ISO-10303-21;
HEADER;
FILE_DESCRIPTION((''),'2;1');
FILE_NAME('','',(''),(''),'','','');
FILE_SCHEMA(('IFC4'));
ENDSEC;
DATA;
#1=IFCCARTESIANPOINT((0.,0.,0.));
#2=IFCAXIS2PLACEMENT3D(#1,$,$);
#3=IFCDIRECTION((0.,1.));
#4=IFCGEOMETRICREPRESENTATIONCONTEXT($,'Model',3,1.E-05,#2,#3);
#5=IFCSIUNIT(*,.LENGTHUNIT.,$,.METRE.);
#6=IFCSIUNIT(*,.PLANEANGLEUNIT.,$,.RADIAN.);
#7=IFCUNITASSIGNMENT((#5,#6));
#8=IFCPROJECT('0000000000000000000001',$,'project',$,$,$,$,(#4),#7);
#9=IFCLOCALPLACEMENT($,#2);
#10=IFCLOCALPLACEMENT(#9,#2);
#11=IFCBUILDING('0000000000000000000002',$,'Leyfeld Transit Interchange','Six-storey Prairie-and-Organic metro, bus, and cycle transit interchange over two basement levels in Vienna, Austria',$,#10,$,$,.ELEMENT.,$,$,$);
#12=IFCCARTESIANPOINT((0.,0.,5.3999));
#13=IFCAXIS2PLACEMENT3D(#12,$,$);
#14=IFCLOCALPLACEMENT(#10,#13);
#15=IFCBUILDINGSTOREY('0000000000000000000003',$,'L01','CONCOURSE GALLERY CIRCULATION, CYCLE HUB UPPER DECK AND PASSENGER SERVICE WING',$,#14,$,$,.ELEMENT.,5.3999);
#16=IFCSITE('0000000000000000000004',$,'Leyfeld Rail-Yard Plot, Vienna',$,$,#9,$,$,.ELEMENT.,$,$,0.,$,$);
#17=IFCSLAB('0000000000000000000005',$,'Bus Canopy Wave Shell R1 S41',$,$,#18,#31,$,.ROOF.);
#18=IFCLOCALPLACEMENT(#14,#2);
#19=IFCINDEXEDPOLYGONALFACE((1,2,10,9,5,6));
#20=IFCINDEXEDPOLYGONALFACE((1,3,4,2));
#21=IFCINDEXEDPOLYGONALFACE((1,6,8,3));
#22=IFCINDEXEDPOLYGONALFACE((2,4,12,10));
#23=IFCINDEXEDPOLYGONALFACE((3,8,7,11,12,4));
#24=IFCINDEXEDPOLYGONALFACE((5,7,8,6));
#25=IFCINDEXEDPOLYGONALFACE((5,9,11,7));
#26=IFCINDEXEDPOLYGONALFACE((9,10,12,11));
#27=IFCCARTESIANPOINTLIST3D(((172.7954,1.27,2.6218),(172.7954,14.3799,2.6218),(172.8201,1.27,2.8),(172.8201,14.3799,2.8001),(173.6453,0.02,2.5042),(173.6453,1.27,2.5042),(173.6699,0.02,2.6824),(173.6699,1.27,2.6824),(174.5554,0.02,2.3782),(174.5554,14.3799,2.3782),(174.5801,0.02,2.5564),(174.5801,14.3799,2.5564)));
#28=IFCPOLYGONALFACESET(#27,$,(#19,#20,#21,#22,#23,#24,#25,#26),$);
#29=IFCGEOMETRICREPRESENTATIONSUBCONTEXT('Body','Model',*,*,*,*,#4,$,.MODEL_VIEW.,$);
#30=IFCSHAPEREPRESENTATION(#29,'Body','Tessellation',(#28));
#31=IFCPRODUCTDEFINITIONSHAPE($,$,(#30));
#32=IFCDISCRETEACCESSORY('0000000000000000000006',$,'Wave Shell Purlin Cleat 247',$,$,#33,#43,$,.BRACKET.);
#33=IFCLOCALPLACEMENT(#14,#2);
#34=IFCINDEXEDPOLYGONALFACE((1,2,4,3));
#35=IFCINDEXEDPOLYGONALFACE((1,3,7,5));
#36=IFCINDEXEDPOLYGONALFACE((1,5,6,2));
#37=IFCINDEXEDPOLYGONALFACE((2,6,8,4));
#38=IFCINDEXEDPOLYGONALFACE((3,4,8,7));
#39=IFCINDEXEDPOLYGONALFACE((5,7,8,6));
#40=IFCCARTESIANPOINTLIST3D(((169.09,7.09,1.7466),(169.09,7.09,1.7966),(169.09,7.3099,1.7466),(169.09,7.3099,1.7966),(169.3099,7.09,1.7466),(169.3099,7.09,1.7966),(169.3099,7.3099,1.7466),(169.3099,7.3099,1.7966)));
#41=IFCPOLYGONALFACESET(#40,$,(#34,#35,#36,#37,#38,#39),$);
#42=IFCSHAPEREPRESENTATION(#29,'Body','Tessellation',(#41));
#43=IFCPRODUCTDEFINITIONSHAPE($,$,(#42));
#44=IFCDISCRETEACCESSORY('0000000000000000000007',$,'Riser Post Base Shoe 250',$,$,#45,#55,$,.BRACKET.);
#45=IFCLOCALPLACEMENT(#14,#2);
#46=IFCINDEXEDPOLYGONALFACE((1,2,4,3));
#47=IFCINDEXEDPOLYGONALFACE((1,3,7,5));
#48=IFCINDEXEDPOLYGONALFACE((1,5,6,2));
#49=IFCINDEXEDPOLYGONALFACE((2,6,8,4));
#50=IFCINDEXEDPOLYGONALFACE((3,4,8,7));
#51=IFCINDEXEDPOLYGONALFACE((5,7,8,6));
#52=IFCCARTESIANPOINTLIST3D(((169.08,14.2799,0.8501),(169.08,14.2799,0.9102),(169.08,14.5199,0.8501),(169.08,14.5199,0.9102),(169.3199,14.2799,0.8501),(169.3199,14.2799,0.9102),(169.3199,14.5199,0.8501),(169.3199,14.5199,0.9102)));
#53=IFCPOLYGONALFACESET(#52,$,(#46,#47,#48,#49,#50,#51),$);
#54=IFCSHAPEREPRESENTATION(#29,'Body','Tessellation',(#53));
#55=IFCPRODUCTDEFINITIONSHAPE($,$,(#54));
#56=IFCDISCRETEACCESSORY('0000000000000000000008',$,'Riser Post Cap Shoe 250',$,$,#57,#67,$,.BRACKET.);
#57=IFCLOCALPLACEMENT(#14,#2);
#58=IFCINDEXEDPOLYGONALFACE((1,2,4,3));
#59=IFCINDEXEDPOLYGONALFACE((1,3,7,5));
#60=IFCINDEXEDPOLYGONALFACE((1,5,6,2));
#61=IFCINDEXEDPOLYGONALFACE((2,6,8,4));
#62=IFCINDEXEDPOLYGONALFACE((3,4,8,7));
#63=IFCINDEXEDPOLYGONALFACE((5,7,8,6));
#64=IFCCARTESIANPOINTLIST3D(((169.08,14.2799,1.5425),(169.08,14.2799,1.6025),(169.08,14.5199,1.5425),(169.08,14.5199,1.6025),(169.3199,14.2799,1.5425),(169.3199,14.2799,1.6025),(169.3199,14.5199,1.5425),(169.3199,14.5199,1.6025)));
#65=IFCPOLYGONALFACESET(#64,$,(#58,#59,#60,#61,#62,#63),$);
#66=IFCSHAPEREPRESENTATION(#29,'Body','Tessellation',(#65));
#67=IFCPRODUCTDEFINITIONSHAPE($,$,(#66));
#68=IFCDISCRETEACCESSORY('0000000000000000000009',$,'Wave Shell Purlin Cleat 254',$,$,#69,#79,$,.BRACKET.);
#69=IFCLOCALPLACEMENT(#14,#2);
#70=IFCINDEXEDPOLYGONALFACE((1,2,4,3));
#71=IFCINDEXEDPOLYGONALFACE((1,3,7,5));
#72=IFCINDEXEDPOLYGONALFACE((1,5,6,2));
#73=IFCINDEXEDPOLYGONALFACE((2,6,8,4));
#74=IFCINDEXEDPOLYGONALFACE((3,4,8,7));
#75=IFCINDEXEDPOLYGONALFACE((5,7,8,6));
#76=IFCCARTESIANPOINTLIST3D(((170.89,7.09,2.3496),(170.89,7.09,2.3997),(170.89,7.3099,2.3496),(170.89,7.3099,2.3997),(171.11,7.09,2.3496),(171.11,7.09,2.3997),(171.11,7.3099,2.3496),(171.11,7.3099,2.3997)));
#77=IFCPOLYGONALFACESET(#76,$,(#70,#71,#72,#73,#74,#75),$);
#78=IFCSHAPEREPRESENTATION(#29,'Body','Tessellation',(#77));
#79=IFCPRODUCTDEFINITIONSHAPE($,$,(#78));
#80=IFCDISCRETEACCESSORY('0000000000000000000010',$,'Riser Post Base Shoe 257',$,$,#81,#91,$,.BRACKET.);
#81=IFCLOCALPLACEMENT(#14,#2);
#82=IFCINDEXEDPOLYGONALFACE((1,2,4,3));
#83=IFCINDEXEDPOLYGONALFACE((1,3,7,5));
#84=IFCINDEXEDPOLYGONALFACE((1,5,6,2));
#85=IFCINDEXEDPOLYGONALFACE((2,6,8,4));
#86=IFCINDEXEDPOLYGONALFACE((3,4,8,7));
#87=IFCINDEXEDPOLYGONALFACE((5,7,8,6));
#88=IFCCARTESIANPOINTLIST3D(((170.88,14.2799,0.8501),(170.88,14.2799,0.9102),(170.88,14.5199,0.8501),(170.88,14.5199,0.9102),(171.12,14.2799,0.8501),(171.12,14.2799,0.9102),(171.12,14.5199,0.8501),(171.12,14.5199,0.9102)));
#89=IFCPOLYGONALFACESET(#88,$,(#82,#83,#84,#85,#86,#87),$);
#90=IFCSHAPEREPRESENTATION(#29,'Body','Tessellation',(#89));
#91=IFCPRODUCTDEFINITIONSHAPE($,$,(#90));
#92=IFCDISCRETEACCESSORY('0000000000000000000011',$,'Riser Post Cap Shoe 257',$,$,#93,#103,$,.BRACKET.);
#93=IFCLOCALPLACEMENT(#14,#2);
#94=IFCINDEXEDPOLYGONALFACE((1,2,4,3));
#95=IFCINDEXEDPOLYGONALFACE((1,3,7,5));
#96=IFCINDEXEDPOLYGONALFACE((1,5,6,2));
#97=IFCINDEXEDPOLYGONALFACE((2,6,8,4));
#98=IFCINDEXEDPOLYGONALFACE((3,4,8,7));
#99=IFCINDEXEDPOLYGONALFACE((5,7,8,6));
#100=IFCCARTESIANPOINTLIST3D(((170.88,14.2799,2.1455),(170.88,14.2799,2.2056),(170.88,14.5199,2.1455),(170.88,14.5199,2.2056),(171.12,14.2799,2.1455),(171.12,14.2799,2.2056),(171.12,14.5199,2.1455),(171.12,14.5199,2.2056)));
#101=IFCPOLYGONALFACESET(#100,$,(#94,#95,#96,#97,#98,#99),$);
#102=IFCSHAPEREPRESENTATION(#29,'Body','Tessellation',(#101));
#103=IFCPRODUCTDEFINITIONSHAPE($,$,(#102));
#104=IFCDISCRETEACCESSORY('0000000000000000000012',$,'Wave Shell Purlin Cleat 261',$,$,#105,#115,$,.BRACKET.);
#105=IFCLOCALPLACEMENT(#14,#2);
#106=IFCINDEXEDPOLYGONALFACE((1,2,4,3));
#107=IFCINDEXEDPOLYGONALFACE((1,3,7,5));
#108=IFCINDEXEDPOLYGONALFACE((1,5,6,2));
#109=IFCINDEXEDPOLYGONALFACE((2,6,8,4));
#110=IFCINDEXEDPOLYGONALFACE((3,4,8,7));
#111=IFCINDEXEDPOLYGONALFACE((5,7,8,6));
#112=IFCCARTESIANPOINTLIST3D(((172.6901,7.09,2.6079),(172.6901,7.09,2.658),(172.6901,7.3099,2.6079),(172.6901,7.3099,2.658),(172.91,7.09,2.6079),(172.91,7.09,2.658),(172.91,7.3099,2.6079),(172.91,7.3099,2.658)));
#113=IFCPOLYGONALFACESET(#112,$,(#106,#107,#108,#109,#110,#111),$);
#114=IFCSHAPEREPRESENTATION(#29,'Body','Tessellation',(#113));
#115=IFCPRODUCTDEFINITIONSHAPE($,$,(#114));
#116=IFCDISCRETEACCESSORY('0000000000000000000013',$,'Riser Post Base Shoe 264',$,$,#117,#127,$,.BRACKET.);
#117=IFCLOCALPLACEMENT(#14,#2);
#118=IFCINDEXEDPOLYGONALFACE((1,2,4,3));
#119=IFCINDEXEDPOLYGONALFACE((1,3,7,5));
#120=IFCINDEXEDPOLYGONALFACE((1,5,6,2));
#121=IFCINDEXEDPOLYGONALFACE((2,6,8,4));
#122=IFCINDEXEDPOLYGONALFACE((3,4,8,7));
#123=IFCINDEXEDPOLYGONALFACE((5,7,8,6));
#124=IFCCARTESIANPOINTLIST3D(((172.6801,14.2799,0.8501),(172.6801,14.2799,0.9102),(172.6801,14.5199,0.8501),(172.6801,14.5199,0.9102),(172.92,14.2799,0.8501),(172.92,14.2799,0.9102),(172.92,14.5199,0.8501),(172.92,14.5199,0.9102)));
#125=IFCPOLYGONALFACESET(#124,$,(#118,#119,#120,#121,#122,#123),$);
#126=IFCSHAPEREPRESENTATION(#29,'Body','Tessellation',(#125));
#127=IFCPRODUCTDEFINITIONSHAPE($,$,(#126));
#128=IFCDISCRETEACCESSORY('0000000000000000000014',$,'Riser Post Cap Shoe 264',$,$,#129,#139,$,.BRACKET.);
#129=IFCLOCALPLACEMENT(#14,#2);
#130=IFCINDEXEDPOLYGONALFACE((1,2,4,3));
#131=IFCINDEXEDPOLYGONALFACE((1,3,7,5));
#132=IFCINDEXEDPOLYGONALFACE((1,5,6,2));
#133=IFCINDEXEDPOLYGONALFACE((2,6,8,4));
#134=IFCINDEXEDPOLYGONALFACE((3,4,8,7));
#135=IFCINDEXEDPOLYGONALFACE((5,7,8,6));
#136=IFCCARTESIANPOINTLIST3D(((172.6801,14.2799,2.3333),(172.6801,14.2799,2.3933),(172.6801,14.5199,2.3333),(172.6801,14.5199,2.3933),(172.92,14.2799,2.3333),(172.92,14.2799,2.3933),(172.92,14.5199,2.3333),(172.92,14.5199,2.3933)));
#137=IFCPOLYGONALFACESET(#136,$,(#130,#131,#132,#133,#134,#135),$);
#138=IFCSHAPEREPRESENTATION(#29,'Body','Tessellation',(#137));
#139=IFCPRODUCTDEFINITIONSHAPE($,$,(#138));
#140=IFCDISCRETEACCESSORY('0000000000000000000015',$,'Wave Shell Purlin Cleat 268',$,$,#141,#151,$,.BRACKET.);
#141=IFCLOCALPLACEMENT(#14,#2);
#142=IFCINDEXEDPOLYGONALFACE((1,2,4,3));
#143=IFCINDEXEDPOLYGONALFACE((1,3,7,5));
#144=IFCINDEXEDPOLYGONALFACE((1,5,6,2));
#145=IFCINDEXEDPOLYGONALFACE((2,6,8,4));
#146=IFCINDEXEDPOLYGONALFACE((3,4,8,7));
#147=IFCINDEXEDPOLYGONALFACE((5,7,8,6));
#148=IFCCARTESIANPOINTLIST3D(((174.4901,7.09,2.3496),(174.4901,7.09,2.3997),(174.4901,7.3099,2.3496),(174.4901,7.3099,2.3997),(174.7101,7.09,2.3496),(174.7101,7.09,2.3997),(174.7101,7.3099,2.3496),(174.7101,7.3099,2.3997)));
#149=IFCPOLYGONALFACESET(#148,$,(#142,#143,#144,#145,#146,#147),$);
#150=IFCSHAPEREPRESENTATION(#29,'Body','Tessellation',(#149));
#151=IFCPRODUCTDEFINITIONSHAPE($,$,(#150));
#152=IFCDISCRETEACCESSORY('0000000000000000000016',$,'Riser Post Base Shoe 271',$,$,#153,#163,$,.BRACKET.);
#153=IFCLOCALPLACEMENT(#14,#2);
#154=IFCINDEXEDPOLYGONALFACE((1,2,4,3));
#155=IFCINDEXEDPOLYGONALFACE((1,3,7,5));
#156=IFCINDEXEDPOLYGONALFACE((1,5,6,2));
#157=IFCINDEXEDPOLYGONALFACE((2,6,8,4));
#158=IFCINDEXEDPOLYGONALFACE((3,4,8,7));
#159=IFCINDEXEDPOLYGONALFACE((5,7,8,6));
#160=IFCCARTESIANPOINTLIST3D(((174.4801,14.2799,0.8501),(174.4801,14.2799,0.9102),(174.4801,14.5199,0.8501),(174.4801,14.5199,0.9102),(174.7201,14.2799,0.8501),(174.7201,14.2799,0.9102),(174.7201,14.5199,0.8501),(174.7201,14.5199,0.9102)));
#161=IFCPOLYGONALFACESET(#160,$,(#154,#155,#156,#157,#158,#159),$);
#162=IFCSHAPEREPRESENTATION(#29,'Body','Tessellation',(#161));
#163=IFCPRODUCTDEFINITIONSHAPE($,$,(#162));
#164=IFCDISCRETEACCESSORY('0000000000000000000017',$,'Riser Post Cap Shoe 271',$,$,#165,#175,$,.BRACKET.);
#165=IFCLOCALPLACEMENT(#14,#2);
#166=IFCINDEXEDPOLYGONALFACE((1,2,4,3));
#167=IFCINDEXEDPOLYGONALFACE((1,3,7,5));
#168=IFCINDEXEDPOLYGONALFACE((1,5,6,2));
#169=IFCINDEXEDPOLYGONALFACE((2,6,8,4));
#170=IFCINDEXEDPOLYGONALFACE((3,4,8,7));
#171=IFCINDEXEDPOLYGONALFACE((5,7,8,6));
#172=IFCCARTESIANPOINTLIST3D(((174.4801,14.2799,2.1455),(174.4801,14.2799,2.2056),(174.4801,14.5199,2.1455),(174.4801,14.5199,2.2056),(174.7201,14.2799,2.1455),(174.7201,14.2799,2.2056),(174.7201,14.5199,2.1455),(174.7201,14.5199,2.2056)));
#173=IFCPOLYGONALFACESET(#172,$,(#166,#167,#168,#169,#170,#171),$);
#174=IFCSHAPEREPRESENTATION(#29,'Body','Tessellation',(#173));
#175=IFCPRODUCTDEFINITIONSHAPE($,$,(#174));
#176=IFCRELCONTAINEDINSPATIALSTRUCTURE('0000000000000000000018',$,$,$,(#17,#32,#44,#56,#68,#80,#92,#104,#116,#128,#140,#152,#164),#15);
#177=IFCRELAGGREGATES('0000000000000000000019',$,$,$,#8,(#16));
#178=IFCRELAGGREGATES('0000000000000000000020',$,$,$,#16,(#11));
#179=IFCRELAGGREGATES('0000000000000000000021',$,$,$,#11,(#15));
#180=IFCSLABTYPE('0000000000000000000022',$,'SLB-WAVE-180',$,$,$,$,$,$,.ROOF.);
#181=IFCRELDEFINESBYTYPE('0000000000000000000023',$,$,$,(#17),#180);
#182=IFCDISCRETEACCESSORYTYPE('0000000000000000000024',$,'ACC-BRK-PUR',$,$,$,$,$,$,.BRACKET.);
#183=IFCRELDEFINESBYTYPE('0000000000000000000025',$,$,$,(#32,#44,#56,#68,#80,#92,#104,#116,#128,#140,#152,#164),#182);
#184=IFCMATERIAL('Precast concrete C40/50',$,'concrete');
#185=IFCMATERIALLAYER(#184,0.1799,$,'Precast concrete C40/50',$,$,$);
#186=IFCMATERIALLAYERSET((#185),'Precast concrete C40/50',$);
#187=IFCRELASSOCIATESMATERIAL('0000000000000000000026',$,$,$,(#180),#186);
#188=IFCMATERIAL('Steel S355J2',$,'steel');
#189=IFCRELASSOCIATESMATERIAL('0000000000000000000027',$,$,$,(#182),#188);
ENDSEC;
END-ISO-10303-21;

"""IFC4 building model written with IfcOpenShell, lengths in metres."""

from ifc_helpers import new_model, si_unit, direction, frame, origin, origin_2d, place, context, subcontext, project, spatial, polyline, rectangle, outline, extrude, material, layer, layer_set, type_object, element, save


model = new_model("IFC4")

# Units and contexts
model_context = context("Model", 3, precision=1e-05, world=origin(), true_north=direction((0.0, 1.0)))
body_context = subcontext(model_context, "Body", "Model", "MODEL_VIEW")
ifc_project = project(units=[si_unit("LENGTHUNIT", "METRE"), si_unit("PLANEANGLEUNIT", "RADIAN")], contexts=[model_context])

# Site, building, storey
site_placement = place(None, origin())
site = spatial("IfcSite", under=ifc_project, at=site_placement, Name="Leyfeld Rail-Yard Plot, Vienna", CompositionType="ELEMENT", RefElevation=0.0)
building_placement = place(site_placement, origin())
building = spatial("IfcBuilding", under=site, at=building_placement, Name="Leyfeld Transit Interchange", Description="Six-storey Prairie-and-Organic metro, bus, and cycle transit interchange over two basement levels in Vienna, Austria", CompositionType="ELEMENT")
storey_placement = place(building_placement, frame((0.0, 0.0, 5.3999)))
storey = spatial("IfcBuildingStorey", under=building, at=storey_placement, Name="L01", Description="CONCOURSE GALLERY CIRCULATION, CYCLE HUB UPPER DECK AND PASSENGER SERVICE WING", CompositionType="ELEMENT", Elevation=5.3999)

# Shared definitions
ifc_material_1 = material(Name="Steel S355J2", Category="steel")

# Slab
ifc_material_2 = material(Name="Precast concrete C40/50", Category="concrete")
ifc_layer = layer(ifc_material_2, 0.1799, Name="Precast concrete C40/50")
ifc_layer_set = layer_set([ifc_layer], Name="Precast concrete C40/50")
slab_type = type_object("IfcSlabType", Name="SLB-WAVE-180", PredefinedType="ROOF", material=ifc_layer_set)
slab_placement = place(storey_placement, frame((172.8201, 1.27, 2.8), z_axis=(0.137129, -0.000001, 0.990553), x_axis=(0.990553, 0.0, -0.137129)))
element("IfcSlab", 1, at=slab_placement, inside=storey, type_object=slab_type, Name="Bus Canopy Wave Shell R1 S41", PredefinedType="ROOF", context=body_context, shape_type="SweptSolid", body=[
    extrude(outline(polyline([(0.0, 0.0), (0.858, 0.0), (0.858, -1.25), (1.7768, -1.25), (1.7768, 13.1099), (0.0, 13.1099), (0.0, 0.0)])), origin(), (0.0, 0.0, -1.0), 0.1799),
])

# Discrete accessories
discrete_accessory_type = type_object("IfcDiscreteAccessoryType", Name="ACC-BRK-PUR", PredefinedType="BRACKET", material=ifc_material_1)
discrete_accessory_1_placement = place(storey_placement, frame((169.2, 7.2, 1.7466), z_axis=(0.0, 0.0, 1.0), x_axis=(1.0, 0.0, 0.0)))
element("IfcDiscreteAccessory", 2, at=discrete_accessory_1_placement, inside=storey, type_object=discrete_accessory_type, Name="Wave Shell Purlin Cleat 247", PredefinedType="BRACKET", context=body_context, shape_type="SweptSolid", body=[
    extrude(rectangle(XDim=0.22, YDim=0.22, at=origin_2d()), origin(), (0.0, 0.0, 1.0), 0.05),
])
for number, where, z_axis, x_axis, name in (
    (3, (169.2, 14.3999, 0.8501), (0.0, 0.0, 1.0), (1.0, 0.0, 0.0), "Riser Post Base Shoe 250"),
    (4, (169.2, 14.3999, 1.5425), (0.0, 0.0, 1.0), (1.0, 0.0, 0.0), "Riser Post Cap Shoe 250"),
):
    element("IfcDiscreteAccessory", number, at=place(storey_placement, frame(where, z_axis=z_axis, x_axis=x_axis)), inside=storey, type_object=discrete_accessory_type, Name=name, PredefinedType="BRACKET", context=body_context, shape_type="SweptSolid", body=[
        extrude(rectangle(XDim=0.24, YDim=0.24, at=origin_2d()), origin(), (0.0, 0.0, 1.0), 0.0601),
    ])
discrete_accessory_2_placement = place(storey_placement, frame((171.0, 7.2, 2.3496), z_axis=(0.0, 0.0, 1.0), x_axis=(1.0, 0.0, 0.0)))
element("IfcDiscreteAccessory", 5, at=discrete_accessory_2_placement, inside=storey, type_object=discrete_accessory_type, Name="Wave Shell Purlin Cleat 254", PredefinedType="BRACKET", context=body_context, shape_type="SweptSolid", body=[
    extrude(rectangle(XDim=0.22, YDim=0.22, at=origin_2d()), origin(), (0.0, 0.0, 1.0), 0.05),
])
for number, where, z_axis, x_axis, name in (
    (6, (171.0, 14.3999, 0.8501), (0.0, 0.0, 1.0), (1.0, 0.0, 0.0), "Riser Post Base Shoe 257"),
    (7, (171.0, 14.3999, 2.1455), (0.0, 0.0, 1.0), (1.0, 0.0, 0.0), "Riser Post Cap Shoe 257"),
):
    element("IfcDiscreteAccessory", number, at=place(storey_placement, frame(where, z_axis=z_axis, x_axis=x_axis)), inside=storey, type_object=discrete_accessory_type, Name=name, PredefinedType="BRACKET", context=body_context, shape_type="SweptSolid", body=[
        extrude(rectangle(XDim=0.24, YDim=0.24, at=origin_2d()), origin(), (0.0, 0.0, 1.0), 0.0601),
    ])
discrete_accessory_3_placement = place(storey_placement, frame((172.8, 7.2, 2.6079), z_axis=(0.0, 0.0, 1.0), x_axis=(1.0, 0.0, 0.0)))
element("IfcDiscreteAccessory", 8, at=discrete_accessory_3_placement, inside=storey, type_object=discrete_accessory_type, Name="Wave Shell Purlin Cleat 261", PredefinedType="BRACKET", context=body_context, shape_type="SweptSolid", body=[
    extrude(rectangle(XDim=0.22, YDim=0.22, at=origin_2d()), origin(), (0.0, 0.0, 1.0), 0.05),
])
for number, where, z_axis, x_axis, name in (
    (9, (172.8, 14.3999, 0.8501), (0.0, 0.0, 1.0), (1.0, 0.0, 0.0), "Riser Post Base Shoe 264"),
    (10, (172.8, 14.3999, 2.3333), (0.0, 0.0, 1.0), (1.0, 0.0, 0.0), "Riser Post Cap Shoe 264"),
):
    element("IfcDiscreteAccessory", number, at=place(storey_placement, frame(where, z_axis=z_axis, x_axis=x_axis)), inside=storey, type_object=discrete_accessory_type, Name=name, PredefinedType="BRACKET", context=body_context, shape_type="SweptSolid", body=[
        extrude(rectangle(XDim=0.24, YDim=0.24, at=origin_2d()), origin(), (0.0, 0.0, 1.0), 0.0601),
    ])
discrete_accessory_4_placement = place(storey_placement, frame((174.6001, 7.2, 2.3496), z_axis=(0.0, 0.0, 1.0), x_axis=(1.0, 0.0, 0.0)))
element("IfcDiscreteAccessory", 11, at=discrete_accessory_4_placement, inside=storey, type_object=discrete_accessory_type, Name="Wave Shell Purlin Cleat 268", PredefinedType="BRACKET", context=body_context, shape_type="SweptSolid", body=[
    extrude(rectangle(XDim=0.22, YDim=0.22, at=origin_2d()), origin(), (0.0, 0.0, 1.0), 0.05),
])
for number, where, z_axis, x_axis, name in (
    (12, (174.6001, 14.3999, 0.8501), (0.0, 0.0, 1.0), (1.0, 0.0, 0.0), "Riser Post Base Shoe 271"),
    (13, (174.6001, 14.3999, 2.1455), (0.0, 0.0, 1.0), (1.0, 0.0, 0.0), "Riser Post Cap Shoe 271"),
):
    element("IfcDiscreteAccessory", number, at=place(storey_placement, frame(where, z_axis=z_axis, x_axis=x_axis)), inside=storey, type_object=discrete_accessory_type, Name=name, PredefinedType="BRACKET", context=body_context, shape_type="SweptSolid", body=[
        extrude(rectangle(XDim=0.24, YDim=0.24, at=origin_2d()), origin(), (0.0, 0.0, 1.0), 0.0601),
    ])

save(model, "model.ifc")
